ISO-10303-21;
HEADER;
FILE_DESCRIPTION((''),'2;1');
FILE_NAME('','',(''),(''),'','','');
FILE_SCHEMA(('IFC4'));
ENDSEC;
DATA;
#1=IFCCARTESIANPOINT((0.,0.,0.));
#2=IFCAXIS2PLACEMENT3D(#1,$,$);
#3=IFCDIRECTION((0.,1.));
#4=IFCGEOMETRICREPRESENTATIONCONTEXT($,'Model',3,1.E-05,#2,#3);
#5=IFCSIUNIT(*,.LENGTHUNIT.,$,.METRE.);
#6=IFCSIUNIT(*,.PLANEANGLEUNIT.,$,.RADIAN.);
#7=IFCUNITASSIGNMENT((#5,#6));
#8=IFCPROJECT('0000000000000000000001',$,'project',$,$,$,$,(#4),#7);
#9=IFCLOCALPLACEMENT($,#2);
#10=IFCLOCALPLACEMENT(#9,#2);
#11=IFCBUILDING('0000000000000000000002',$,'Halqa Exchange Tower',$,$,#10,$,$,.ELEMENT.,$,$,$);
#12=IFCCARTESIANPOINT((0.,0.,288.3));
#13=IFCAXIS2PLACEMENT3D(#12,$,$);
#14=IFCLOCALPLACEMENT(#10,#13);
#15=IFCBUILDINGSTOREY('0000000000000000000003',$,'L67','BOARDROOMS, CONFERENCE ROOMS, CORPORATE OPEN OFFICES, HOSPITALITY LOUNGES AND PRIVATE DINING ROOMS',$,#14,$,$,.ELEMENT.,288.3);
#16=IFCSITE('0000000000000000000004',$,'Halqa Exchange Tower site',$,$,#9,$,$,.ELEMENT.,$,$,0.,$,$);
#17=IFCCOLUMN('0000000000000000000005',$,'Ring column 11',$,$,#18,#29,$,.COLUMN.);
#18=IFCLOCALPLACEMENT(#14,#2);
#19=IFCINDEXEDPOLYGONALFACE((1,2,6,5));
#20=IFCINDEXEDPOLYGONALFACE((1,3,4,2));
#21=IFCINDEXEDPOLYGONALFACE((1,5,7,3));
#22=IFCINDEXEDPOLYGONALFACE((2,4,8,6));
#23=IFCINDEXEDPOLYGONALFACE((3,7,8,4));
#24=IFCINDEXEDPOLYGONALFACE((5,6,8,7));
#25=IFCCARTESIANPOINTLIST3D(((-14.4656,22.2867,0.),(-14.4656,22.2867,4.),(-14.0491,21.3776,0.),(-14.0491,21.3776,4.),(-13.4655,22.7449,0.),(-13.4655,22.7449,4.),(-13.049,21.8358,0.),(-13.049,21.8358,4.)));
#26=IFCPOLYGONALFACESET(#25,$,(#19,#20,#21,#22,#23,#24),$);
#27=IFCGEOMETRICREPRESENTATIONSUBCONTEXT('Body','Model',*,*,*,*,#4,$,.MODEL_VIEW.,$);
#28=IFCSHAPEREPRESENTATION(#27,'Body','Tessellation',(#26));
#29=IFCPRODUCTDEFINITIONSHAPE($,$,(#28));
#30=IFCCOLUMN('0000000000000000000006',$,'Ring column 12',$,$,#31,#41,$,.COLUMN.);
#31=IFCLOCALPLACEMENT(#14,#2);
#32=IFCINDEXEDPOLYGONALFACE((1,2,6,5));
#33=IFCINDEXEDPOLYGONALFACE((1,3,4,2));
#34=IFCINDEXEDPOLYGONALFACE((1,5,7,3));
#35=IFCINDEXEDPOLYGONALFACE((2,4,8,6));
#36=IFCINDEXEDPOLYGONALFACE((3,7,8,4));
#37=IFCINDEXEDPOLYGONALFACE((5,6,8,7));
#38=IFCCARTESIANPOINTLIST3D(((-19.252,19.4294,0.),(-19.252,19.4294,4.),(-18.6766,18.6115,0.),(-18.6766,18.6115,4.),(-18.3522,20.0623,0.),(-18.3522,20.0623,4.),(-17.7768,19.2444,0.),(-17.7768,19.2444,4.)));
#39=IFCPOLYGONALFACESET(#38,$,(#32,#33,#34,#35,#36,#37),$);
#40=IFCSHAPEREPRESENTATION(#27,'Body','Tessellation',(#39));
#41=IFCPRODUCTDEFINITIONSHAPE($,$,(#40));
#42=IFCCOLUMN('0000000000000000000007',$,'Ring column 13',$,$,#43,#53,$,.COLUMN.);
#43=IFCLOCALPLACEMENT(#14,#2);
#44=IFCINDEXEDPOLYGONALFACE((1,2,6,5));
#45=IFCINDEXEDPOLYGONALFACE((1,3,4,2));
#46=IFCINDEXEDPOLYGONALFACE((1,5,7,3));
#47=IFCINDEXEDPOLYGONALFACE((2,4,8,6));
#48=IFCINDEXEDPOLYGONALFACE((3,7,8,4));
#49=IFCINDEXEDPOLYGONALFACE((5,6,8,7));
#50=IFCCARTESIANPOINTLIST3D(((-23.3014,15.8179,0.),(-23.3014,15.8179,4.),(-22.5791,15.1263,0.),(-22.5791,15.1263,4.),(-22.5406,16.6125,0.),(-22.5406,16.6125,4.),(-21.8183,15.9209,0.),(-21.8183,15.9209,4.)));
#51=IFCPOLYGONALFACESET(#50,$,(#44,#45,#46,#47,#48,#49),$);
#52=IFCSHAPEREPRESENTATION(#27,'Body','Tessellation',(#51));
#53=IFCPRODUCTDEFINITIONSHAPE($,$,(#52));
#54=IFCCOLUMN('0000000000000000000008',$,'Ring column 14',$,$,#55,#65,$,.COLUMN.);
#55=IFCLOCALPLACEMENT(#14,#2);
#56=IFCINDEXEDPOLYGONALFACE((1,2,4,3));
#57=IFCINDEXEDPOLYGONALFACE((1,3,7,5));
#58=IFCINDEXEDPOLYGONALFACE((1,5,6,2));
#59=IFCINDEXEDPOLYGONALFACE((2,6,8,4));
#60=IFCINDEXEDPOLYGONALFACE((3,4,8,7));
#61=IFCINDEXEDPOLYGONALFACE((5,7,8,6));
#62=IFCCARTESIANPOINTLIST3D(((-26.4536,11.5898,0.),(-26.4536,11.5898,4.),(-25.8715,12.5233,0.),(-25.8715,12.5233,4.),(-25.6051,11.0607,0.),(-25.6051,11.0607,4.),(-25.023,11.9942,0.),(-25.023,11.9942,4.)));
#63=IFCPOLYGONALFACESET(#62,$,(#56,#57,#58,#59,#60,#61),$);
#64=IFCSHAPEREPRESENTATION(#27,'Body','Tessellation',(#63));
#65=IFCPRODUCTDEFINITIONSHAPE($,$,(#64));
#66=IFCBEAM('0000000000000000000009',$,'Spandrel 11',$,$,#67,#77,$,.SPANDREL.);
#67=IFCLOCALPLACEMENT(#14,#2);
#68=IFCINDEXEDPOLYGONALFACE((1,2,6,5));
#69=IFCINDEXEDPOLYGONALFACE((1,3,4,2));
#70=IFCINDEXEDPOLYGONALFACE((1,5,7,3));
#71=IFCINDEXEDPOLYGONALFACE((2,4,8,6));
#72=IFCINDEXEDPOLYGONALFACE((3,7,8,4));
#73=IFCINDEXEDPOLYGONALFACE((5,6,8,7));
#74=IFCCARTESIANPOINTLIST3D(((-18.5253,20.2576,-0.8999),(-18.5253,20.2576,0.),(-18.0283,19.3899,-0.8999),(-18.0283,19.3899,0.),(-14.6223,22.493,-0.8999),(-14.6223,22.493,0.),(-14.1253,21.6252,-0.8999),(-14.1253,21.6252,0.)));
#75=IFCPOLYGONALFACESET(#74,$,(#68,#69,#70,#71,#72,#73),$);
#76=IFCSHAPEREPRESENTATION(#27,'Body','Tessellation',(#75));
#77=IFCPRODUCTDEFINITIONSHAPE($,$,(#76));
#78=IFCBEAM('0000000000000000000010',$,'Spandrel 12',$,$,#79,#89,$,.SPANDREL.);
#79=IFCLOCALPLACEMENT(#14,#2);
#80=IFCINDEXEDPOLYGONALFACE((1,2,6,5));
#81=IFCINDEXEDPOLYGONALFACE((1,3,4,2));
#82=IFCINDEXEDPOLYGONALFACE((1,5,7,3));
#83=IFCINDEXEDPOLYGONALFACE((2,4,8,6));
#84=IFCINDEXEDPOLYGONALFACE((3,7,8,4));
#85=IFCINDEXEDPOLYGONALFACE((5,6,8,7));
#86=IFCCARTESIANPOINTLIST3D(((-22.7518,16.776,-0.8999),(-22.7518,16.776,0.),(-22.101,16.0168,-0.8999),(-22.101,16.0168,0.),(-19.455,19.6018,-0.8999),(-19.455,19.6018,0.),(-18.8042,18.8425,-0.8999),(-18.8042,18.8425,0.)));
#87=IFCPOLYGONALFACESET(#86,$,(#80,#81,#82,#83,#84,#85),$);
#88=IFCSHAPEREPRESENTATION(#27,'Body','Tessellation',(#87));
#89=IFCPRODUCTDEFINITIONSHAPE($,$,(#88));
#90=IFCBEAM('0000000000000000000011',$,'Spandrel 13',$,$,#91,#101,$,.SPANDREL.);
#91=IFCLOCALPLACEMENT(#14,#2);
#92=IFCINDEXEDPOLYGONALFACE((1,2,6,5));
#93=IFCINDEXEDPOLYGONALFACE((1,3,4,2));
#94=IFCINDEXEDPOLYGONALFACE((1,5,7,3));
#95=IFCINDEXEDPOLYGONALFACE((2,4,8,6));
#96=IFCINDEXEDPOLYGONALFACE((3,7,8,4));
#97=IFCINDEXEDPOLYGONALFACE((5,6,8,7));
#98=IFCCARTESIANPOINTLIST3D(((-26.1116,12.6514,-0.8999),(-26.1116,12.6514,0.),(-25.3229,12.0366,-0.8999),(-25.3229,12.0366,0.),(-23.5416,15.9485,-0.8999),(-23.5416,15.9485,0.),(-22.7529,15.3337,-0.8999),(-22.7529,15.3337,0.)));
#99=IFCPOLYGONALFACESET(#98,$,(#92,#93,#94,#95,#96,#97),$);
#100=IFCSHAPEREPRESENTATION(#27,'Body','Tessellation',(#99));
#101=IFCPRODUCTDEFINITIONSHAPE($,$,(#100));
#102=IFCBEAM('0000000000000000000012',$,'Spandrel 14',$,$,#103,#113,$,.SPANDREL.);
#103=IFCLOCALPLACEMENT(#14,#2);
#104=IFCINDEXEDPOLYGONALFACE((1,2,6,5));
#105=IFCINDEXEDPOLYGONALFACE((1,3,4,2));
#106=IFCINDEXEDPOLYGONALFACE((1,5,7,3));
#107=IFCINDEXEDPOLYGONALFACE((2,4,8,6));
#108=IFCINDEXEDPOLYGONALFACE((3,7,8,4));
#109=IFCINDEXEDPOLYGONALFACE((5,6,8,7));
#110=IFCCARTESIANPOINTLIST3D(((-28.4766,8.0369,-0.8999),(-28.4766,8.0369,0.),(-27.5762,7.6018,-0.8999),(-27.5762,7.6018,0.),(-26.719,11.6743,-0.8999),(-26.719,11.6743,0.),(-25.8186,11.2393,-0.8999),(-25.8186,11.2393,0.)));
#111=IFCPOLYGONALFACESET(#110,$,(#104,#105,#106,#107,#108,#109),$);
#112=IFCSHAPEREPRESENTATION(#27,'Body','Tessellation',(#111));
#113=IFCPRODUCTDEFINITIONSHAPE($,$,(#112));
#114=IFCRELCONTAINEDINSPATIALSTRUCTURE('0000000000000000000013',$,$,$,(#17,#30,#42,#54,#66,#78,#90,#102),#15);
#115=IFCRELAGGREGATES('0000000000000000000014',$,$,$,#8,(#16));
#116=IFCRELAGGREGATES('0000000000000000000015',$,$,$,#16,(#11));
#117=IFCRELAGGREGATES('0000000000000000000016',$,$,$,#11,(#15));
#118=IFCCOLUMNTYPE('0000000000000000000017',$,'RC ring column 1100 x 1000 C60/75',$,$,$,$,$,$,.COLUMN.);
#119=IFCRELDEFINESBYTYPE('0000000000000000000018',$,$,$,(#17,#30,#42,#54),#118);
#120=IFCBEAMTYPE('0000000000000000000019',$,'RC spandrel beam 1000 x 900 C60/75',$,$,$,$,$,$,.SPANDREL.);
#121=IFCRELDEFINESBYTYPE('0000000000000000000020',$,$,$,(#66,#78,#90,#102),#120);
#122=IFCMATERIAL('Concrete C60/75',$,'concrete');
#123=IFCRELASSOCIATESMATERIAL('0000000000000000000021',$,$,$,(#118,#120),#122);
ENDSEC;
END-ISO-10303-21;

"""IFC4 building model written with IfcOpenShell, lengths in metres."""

from ifc_helpers import new_model, si_unit, direction, frame, origin, origin_2d, place, context, subcontext, project, spatial, rectangle, extrude, material, material_profile, profile_set, type_object, element, save


model = new_model("IFC4")

# Units and contexts
model_context = context("Model", 3, precision=1e-05, world=origin(), true_north=direction((0.0, 1.0)))
body_context = subcontext(model_context, "Body", "Model", "MODEL_VIEW")
ifc_project = project(units=[si_unit("LENGTHUNIT", "METRE"), si_unit("PLANEANGLEUNIT", "RADIAN")], contexts=[model_context])

# Site, building, storey
site_placement = place(None, origin())
site = spatial("IfcSite", under=ifc_project, at=site_placement, Name="Halqa Exchange Tower site", CompositionType="ELEMENT", RefElevation=0.0)
building_placement = place(site_placement, origin())
building = spatial("IfcBuilding", under=site, at=building_placement, Name="Halqa Exchange Tower", CompositionType="ELEMENT")
storey_placement = place(building_placement, frame((0.0, 0.0, 288.3)))
storey = spatial("IfcBuildingStorey", under=building, at=storey_placement, Name="L67", Description="BOARDROOMS, CONFERENCE ROOMS, CORPORATE OPEN OFFICES, HOSPITALITY LOUNGES AND PRIVATE DINING ROOMS", CompositionType="ELEMENT", Elevation=288.3)

# Columns
ifc_material_1 = material(Name="Concrete C60/75", Category="concrete")
ifc_material_profile_1 = material_profile(ifc_material_1, rectangle(XDim=1.1001, YDim=1.0, at=origin_2d()), Name="1100 x 1000")
ifc_profile_set_1 = profile_set([ifc_material_profile_1], Name="Concrete C60/75")
column_type = type_object("IfcColumnType", Name="RC ring column 1100 x 1000 C60/75", PredefinedType="COLUMN", material=ifc_profile_set_1)
for number, where, z_axis, x_axis, name in (
    (1, (-13.7573, 22.0613, 0.0), (0.0, 0.0, 1.0), (-0.909129, -0.416516, 0.0), "Ring column 11"),
    (2, (-18.5144, 19.3369, 0.0), (0.0, 0.0, 1.0), (-0.817906, -0.575352, 0.0), "Ring column 12"),
    (3, (-22.5598, 15.8694, 0.0), (0.0, 0.0, 1.0), (-0.691575, -0.722305, 0.0), "Ring column 13"),
    (4, (-25.7383, 11.792, 0.0), (0.0, 0.0, 1.0), (-0.529142, -0.848533, 0.0), "Ring column 14"),
):
    element("IfcColumn", number, at=place(storey_placement, frame(where, z_axis=z_axis, x_axis=x_axis)), inside=storey, type_object=column_type, Name=name, PredefinedType="COLUMN", context=body_context, shape_type="SweptSolid", body=[
        extrude(rectangle(XDim=1.1001, YDim=1.0, at=origin_2d()), origin(), (0.0, 0.0, 1.0), 4.0),
    ])

# Beams
ifc_material_profile_2 = material_profile(ifc_material_1, rectangle(XDim=1.0, YDim=0.8999, at=origin_2d()), Name="1000 x 900")
ifc_profile_set_2 = profile_set([ifc_material_profile_2], Name="Concrete C60/75")
beam_type = type_object("IfcBeamType", Name="RC spandrel beam 1000 x 900 C60/75", PredefinedType="SPANDREL", material=ifc_profile_set_2)
beam_1_placement = place(storey_placement, frame((-14.3738, 22.0591, -0.45), z_axis=(-0.867762, -0.49698, 0.0), x_axis=(0.49698, -0.867762, 0.0)))
element("IfcBeam", 5, at=beam_1_placement, inside=storey, type_object=beam_type, Name="Spandrel 11", PredefinedType="SPANDREL", context=body_context, shape_type="SweptSolid", body=[
    extrude(rectangle(XDim=1.0, YDim=0.8999, at=origin_2d()), origin(), (0.0, 0.0, 1.0), 4.4978),
])
beam_2_placement = place(storey_placement, frame((-19.1296, 19.2222, -0.45), z_axis=(-0.759257, -0.650791, 0.0), x_axis=(0.650791, -0.759257, 0.0)))
element("IfcBeam", 6, at=beam_2_placement, inside=storey, type_object=beam_type, Name="Spandrel 12", PredefinedType="SPANDREL", context=body_context, shape_type="SweptSolid", body=[
    extrude(rectangle(XDim=1.0, YDim=0.8999, at=origin_2d()), origin(), (0.0, 0.0, 1.0), 4.342),
])
beam_3_placement = place(storey_placement, frame((-23.1472, 15.6411, -0.45), z_axis=(-0.614781, -0.788698, 0.0), x_axis=(0.788698, -0.614781, 0.0)))
element("IfcBeam", 7, at=beam_3_placement, inside=storey, type_object=beam_type, Name="Spandrel 13", PredefinedType="SPANDREL", context=body_context, shape_type="SweptSolid", body=[
    extrude(rectangle(XDim=1.0, YDim=0.8999, at=origin_2d()), origin(), (0.0, 0.0, 1.0), 4.1804),
])
beam_4_placement = place(storey_placement, frame((-26.2688, 11.4568, -0.45), z_axis=(-0.435062, -0.900401, 0.0), x_axis=(0.900401, -0.435062, 0.0)))
element("IfcBeam", 8, at=beam_4_placement, inside=storey, type_object=beam_type, Name="Spandrel 14", PredefinedType="SPANDREL", context=body_context, shape_type="SweptSolid", body=[
    extrude(rectangle(XDim=1.0, YDim=0.8999, at=origin_2d()), origin(), (0.0, 0.0, 1.0), 4.0398),
])

save(model, "model.ifc")
